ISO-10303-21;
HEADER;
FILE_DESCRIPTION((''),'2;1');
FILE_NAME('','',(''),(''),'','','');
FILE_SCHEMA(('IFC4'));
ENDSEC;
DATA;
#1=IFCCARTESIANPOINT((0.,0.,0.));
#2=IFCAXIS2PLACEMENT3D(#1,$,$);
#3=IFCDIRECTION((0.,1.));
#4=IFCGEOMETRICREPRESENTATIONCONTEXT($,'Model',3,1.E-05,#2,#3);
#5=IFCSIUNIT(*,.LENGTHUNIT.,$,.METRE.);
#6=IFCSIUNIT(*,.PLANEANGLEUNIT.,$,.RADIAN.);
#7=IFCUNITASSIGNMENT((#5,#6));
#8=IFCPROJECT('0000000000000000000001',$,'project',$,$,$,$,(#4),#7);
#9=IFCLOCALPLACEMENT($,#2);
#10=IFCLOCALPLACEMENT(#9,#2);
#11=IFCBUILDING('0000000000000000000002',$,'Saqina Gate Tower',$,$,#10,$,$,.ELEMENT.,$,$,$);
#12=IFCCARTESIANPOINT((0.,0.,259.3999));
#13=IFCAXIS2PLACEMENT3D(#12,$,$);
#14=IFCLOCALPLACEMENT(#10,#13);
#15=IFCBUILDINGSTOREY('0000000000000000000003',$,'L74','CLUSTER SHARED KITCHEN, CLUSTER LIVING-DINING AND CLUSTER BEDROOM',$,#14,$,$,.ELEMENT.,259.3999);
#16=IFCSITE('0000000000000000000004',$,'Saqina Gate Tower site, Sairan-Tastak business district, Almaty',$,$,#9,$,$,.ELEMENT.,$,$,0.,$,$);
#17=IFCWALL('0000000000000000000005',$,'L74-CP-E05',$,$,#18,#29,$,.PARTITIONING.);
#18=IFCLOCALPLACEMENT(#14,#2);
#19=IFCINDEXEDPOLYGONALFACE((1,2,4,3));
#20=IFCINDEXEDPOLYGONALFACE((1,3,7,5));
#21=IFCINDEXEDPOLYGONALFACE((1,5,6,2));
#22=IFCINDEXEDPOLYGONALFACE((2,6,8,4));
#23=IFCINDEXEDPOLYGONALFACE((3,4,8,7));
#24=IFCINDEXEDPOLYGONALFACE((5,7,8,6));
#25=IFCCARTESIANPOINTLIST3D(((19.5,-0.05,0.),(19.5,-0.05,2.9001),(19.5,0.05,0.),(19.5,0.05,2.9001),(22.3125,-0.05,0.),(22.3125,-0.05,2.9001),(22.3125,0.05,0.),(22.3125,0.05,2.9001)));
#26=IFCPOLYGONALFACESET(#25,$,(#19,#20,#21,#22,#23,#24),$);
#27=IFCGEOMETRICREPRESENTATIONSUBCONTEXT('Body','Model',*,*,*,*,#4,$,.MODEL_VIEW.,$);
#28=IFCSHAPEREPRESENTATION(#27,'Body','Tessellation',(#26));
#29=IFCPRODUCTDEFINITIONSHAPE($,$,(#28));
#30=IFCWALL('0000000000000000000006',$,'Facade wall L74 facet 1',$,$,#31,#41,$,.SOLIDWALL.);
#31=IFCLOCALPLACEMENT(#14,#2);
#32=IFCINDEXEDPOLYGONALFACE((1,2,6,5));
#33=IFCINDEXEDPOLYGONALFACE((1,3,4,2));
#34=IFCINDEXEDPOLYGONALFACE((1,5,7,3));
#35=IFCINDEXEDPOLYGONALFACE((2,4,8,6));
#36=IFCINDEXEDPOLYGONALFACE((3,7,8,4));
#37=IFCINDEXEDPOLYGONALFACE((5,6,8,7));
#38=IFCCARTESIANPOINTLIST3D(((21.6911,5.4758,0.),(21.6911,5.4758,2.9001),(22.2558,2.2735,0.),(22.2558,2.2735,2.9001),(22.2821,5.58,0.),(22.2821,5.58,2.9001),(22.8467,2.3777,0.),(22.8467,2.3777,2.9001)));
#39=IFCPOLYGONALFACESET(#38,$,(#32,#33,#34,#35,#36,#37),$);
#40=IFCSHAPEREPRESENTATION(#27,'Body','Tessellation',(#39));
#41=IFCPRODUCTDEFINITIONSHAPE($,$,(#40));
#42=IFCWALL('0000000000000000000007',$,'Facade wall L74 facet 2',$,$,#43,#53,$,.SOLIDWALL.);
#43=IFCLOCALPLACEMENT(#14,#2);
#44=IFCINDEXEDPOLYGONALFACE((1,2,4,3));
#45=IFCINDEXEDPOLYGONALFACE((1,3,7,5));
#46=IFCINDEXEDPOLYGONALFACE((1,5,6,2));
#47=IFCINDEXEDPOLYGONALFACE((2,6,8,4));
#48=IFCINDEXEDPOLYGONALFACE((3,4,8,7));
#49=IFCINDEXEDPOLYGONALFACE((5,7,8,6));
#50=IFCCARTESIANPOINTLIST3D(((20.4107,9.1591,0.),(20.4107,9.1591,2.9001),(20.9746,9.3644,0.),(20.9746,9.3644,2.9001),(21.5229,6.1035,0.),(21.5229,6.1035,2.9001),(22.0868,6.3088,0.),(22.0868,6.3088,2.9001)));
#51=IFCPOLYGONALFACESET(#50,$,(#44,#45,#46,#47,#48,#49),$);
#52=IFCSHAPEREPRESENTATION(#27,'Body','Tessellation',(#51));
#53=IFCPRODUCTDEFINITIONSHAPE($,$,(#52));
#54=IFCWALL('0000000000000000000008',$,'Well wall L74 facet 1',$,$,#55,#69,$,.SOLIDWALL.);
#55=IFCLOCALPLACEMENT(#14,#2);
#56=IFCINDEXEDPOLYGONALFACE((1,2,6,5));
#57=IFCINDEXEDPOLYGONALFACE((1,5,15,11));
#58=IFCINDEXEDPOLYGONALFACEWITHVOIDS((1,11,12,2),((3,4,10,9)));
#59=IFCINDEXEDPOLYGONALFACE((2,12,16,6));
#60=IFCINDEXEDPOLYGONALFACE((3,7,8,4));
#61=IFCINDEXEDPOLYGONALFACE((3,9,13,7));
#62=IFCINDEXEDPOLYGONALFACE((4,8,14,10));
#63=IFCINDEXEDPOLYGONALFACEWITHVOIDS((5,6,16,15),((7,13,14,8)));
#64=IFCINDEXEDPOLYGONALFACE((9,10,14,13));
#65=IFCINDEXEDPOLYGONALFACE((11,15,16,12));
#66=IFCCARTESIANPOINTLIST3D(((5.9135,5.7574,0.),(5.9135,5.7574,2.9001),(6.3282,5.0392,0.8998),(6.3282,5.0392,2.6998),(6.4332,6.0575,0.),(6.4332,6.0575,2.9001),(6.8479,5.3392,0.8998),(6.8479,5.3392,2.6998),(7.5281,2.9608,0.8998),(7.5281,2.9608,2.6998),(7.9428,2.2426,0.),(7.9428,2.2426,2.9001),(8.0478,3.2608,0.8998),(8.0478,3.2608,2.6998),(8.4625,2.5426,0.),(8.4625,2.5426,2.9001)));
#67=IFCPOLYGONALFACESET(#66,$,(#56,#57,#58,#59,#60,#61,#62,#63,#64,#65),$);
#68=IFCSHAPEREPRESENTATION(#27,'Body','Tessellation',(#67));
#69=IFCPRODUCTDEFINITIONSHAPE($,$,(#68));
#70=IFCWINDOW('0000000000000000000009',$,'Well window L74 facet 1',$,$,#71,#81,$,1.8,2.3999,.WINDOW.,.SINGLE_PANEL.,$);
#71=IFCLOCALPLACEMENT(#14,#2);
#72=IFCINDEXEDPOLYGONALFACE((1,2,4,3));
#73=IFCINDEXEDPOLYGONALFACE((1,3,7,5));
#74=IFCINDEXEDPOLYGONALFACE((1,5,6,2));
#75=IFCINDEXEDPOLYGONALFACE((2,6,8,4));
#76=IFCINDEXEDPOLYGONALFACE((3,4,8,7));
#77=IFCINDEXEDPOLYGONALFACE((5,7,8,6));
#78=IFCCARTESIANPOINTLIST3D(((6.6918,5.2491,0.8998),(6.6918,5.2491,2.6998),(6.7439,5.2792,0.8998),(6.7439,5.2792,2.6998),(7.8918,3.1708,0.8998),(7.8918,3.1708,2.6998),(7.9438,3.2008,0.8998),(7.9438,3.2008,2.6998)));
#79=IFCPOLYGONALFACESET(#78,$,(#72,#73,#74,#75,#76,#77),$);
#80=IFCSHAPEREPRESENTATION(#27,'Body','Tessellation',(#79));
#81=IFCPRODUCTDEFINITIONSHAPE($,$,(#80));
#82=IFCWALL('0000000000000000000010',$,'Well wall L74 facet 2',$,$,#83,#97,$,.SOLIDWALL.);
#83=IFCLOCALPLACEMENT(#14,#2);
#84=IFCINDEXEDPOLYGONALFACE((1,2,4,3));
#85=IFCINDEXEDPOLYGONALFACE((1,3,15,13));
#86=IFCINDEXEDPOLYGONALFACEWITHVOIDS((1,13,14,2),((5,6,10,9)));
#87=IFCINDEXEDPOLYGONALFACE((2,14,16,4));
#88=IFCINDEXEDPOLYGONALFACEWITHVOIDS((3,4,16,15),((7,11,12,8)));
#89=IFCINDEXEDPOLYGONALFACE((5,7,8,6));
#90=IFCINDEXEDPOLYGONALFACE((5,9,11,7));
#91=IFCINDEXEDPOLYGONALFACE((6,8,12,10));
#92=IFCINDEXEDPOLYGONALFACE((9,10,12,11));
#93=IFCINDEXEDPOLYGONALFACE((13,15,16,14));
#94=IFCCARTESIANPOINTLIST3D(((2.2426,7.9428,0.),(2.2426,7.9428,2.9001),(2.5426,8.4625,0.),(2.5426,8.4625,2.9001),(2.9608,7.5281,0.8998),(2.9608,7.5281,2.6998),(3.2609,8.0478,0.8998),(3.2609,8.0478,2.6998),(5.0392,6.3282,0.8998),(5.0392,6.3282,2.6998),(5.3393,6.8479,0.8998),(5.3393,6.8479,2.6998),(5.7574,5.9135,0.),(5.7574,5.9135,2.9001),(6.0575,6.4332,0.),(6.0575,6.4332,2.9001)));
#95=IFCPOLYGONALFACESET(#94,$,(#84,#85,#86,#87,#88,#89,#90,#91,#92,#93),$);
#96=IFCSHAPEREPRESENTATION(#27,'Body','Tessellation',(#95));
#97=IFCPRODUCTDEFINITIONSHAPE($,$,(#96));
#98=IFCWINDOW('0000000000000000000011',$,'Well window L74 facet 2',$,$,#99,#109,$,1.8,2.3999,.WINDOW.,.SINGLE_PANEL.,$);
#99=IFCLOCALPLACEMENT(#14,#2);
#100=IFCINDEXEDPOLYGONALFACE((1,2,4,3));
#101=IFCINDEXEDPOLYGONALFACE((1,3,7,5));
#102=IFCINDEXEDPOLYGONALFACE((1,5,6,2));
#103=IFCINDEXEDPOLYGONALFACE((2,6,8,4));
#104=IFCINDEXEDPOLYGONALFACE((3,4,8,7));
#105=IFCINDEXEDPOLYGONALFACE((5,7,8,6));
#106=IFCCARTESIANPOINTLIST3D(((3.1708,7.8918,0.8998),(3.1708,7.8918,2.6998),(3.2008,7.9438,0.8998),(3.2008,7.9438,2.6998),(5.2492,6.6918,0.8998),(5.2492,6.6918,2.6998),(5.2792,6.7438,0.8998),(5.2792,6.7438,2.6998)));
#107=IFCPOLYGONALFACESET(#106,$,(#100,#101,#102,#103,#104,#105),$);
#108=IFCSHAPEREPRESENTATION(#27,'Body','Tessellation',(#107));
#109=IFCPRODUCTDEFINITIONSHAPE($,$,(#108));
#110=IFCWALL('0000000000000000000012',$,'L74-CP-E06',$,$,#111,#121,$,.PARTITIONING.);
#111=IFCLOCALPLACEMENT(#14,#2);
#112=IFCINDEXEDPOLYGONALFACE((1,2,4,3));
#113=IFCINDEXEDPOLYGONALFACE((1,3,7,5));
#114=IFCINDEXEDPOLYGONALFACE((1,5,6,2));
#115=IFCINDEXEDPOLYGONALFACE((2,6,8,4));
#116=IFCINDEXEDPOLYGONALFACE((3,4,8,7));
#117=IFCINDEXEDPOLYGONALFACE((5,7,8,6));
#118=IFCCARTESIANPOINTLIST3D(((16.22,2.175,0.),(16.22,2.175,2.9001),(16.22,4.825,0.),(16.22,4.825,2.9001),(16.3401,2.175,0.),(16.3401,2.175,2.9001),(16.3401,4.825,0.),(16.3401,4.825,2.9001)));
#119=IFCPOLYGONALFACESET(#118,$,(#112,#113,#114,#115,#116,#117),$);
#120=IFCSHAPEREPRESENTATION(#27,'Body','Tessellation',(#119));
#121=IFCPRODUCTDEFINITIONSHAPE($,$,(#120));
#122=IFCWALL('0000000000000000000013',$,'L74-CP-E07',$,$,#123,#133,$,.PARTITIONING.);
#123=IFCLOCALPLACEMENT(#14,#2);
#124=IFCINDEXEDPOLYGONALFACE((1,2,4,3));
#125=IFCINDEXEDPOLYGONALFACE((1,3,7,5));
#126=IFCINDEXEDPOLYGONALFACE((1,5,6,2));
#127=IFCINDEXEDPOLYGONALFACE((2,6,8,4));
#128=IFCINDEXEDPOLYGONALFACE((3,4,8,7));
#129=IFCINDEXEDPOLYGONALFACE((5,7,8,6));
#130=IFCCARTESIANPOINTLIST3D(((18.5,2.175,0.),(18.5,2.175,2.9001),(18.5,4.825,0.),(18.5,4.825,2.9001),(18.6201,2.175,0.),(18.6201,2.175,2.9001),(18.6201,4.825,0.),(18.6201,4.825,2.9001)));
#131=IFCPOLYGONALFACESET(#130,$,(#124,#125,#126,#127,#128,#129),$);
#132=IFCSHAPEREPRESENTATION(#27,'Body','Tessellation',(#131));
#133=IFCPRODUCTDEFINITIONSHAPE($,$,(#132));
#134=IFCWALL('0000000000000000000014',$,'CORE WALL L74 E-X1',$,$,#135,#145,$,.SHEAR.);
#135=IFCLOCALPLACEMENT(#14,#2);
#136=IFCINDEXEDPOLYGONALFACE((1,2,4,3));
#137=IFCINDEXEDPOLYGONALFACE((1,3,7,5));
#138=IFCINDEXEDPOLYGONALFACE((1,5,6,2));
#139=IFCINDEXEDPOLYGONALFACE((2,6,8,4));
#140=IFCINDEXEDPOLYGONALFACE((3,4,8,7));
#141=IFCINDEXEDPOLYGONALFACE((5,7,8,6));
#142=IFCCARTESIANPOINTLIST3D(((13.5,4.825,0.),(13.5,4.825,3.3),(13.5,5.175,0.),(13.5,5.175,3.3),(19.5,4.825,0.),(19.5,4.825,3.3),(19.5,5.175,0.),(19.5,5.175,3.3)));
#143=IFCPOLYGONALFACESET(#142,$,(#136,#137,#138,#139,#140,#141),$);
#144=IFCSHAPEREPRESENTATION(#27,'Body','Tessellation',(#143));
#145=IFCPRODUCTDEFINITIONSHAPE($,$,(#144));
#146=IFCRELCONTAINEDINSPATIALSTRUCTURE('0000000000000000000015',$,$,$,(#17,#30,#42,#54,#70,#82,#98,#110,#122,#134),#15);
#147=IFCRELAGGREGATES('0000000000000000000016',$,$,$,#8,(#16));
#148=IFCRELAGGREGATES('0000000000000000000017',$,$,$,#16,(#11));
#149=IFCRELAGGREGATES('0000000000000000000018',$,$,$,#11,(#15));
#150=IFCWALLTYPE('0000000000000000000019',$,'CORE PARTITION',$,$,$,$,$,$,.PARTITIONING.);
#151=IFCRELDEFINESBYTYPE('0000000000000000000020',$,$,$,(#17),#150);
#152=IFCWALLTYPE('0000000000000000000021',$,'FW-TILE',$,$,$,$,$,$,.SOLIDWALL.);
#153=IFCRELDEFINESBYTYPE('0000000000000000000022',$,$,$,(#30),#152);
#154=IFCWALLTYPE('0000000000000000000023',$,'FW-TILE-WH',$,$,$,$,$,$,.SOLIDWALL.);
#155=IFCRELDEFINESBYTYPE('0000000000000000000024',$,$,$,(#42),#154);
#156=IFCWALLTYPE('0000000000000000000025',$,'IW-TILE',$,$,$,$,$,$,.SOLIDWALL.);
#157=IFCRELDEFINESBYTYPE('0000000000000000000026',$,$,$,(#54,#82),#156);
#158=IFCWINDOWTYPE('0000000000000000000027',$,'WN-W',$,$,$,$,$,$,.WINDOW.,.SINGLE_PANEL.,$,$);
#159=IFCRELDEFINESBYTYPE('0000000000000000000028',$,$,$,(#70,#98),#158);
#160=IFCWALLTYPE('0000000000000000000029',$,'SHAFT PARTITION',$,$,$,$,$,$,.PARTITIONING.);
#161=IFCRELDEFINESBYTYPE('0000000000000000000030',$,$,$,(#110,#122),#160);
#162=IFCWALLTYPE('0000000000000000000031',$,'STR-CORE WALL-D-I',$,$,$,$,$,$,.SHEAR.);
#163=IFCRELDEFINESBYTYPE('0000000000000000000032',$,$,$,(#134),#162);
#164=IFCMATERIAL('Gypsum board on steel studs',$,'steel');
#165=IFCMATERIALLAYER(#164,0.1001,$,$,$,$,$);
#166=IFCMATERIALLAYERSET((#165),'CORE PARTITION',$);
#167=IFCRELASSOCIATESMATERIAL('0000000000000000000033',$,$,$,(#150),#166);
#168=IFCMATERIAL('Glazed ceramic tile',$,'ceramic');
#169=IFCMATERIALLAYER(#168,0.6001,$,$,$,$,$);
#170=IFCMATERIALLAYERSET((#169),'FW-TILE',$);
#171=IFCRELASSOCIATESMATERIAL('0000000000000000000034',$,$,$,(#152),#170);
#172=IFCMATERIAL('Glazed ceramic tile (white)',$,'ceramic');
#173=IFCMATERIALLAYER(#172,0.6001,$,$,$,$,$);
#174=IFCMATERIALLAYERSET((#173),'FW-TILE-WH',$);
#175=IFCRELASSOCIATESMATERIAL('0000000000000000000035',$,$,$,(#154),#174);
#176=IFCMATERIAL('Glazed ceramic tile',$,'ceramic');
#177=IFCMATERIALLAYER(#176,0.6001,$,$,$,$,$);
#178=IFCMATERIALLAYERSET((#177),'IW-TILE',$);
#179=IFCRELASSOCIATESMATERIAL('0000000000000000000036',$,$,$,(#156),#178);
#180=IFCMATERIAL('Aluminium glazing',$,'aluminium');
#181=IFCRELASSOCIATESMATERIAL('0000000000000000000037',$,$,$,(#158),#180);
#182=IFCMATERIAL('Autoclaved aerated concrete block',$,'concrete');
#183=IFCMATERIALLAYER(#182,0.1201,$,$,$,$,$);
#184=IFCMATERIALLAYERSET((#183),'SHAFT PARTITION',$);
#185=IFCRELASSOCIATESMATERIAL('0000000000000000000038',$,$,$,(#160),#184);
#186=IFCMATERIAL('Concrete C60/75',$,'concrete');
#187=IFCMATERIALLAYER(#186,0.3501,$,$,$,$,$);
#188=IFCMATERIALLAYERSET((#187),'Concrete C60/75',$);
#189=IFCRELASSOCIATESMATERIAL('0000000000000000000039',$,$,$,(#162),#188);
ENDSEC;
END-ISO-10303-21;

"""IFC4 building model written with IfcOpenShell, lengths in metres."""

from ifc_helpers import new_model, si_unit, direction, frame, frame_2d, origin, place, context, subcontext, project, spatial, rectangle, extrude, material, layer, layer_set, type_object, element, fill, save


model = new_model("IFC4")

# Units and contexts
model_context = context("Model", 3, precision=1e-05, world=origin(), true_north=direction((0.0, 1.0)))
body_context = subcontext(model_context, "Body", "Model", "MODEL_VIEW")
ifc_project = project(units=[si_unit("LENGTHUNIT", "METRE"), si_unit("PLANEANGLEUNIT", "RADIAN")], contexts=[model_context])

# Site, building, storey
site_placement = place(None, origin())
site = spatial("IfcSite", under=ifc_project, at=site_placement, Name="Saqina Gate Tower site, Sairan-Tastak business district, Almaty", CompositionType="ELEMENT", RefElevation=0.0)
building_placement = place(site_placement, origin())
building = spatial("IfcBuilding", under=site, at=building_placement, Name="Saqina Gate Tower", CompositionType="ELEMENT")
storey_placement = place(building_placement, frame((0.0, 0.0, 259.3999)))
storey = spatial("IfcBuildingStorey", under=building, at=storey_placement, Name="L74", Description="CLUSTER SHARED KITCHEN, CLUSTER LIVING-DINING AND CLUSTER BEDROOM", CompositionType="ELEMENT", Elevation=259.3999)

# Shared definitions
ifc_material_1 = material(Name="Gypsum board on steel studs", Category="steel")
ifc_layer_1 = layer(ifc_material_1, 0.1001)
ifc_layer_set_1 = layer_set([ifc_layer_1], Name="CORE PARTITION")
wall_type_1 = type_object("IfcWallType", Name="CORE PARTITION", PredefinedType="PARTITIONING", material=ifc_layer_set_1)

# Walls
wall_1_placement = place(storey_placement, frame((19.5, 0.0, 0.0), z_axis=(0.0, 0.0, 1.0), x_axis=(1.0, 0.0, 0.0)))
element("IfcWall", 1, at=wall_1_placement, inside=storey, type_object=wall_type_1, Name="L74-CP-E05", PredefinedType="PARTITIONING", context=body_context, shape_type="SweptSolid", body=[
    extrude(rectangle(XDim=2.8125, YDim=0.1001, at=frame_2d((1.4062, 0.0))), origin(), (0.0, 0.0, 1.0), 2.9001),
])
ifc_material_2 = material(Name="Glazed ceramic tile", Category="ceramic")
ifc_layer_2 = layer(ifc_material_2, 0.6001)
ifc_layer_set_2 = layer_set([ifc_layer_2], Name="FW-TILE")
wall_type_2 = type_object("IfcWallType", Name="FW-TILE", PredefinedType="SOLIDWALL", material=ifc_layer_set_2)
wall_2_placement = place(storey_placement, frame((22.5513, 2.3254, 0.0), z_axis=(0.0, 0.0, 1.0), x_axis=(-0.173657, 0.984806, 0.0)))
element("IfcWall", 2, at=wall_2_placement, inside=storey, type_object=wall_type_2, Name="Facade wall L74 facet 1", PredefinedType="SOLIDWALL", context=body_context, shape_type="SweptSolid", body=[
    extrude(rectangle(XDim=3.2517, YDim=0.6001, at=frame_2d((1.626, 0.0))), origin(), (0.0, 0.0, 1.0), 2.9001),
])
ifc_material_3 = material(Name="Glazed ceramic tile (white)", Category="ceramic")
ifc_layer_3 = layer(ifc_material_3, 0.6001)
ifc_layer_set_3 = layer_set([ifc_layer_3], Name="FW-TILE-WH")
wall_type_3 = type_object("IfcWallType", Name="FW-TILE-WH", PredefinedType="SOLIDWALL", material=ifc_layer_set_3)
wall_3_placement = place(storey_placement, frame((21.8049, 6.2061, 0.0), z_axis=(0.0, 0.0, 1.0), x_axis=(-0.342057, 0.939679, 0.0)))
element("IfcWall", 3, at=wall_3_placement, inside=storey, type_object=wall_type_3, Name="Facade wall L74 facet 2", PredefinedType="SOLIDWALL", context=body_context, shape_type="SweptSolid", body=[
    extrude(rectangle(XDim=3.2517, YDim=0.6001, at=frame_2d((1.626, 0.0))), origin(), (0.0, 0.0, 1.0), 2.9001),
])

# Walls, openings, windows
ifc_material_4 = material(Name="Glazed ceramic tile", Category="ceramic")
ifc_layer_4 = layer(ifc_material_4, 0.6001)
ifc_layer_set_4 = layer_set([ifc_layer_4], Name="IW-TILE")
wall_type_4 = type_object("IfcWallType", Name="IW-TILE", PredefinedType="SOLIDWALL", material=ifc_layer_set_4)
wall_4_placement = place(storey_placement, frame((8.2026, 2.3926, 0.0), z_axis=(0.0, 0.0, 1.0), x_axis=(-0.499995, 0.866028, 0.0)))
wall_4 = element("IfcWall", 4, at=wall_4_placement, inside=storey, type_object=wall_type_4, Name="Well wall L74 facet 1", PredefinedType="SOLIDWALL", context=body_context, shape_type="SweptSolid", body=[
    extrude(rectangle(XDim=4.0586, YDim=0.6001, at=frame_2d((2.0293, 0.0))), origin(), (0.0, 0.0, 1.0), 2.9001),
])
opening_1_placement = place(wall_4_placement, frame((0.8293, 0.0, 0.8999)))
opening_1 = element("IfcOpeningElement", 5, at=opening_1_placement, cuts=wall_4, PredefinedType="OPENING", context=body_context, shape_type="SweptSolid", body=[
    extrude(rectangle(XDim=2.3999, YDim=1.8, at=frame_2d((1.2, 0.8999))), frame((0.0, 0.312, 0.0), z_axis=(0.0, -1.0, 0.0), x_axis=(1.0, 0.0, 0.0)), (0.0, 0.0, 1.0), 0.624),
])
ifc_material_5 = material(Name="Aluminium glazing", Category="aluminium")
window_type = type_object("IfcWindowType", Name="WN-W", PartitioningType="SINGLE_PANEL", PredefinedType="WINDOW", material=ifc_material_5)
window_1_placement = place(opening_1_placement, origin())
window_1 = element("IfcWindow", 6, at=window_1_placement, inside=storey, type_object=window_type, Name="Well window L74 facet 1", OverallHeight=1.8, OverallWidth=2.3999, PartitioningType="SINGLE_PANEL", PredefinedType="WINDOW", context=body_context, shape_type="SweptSolid", body=[
    extrude(rectangle(XDim=2.3999, YDim=1.8, at=frame_2d((1.2, 0.8999))), frame((0.0, -0.1199, 0.0), z_axis=(0.0, -1.0, 0.0), x_axis=(1.0, 0.0, 0.0)), (0.0, 0.0, 1.0), 0.0601),
])
fill(opening_1, window_1)
wall_5_placement = place(storey_placement, frame((5.9075, 6.1733, 0.0), z_axis=(0.0, 0.0, 1.0), x_axis=(-0.866028, 0.499995, 0.0)))
wall_5 = element("IfcWall", 7, at=wall_5_placement, inside=storey, type_object=wall_type_4, Name="Well wall L74 facet 2", PredefinedType="SOLIDWALL", context=body_context, shape_type="SweptSolid", body=[
    extrude(rectangle(XDim=4.0586, YDim=0.6001, at=frame_2d((2.0293, 0.0))), origin(), (0.0, 0.0, 1.0), 2.9001),
])
opening_2_placement = place(wall_5_placement, frame((0.8293, 0.0, 0.8999)))
opening_2 = element("IfcOpeningElement", 8, at=opening_2_placement, cuts=wall_5, PredefinedType="OPENING", context=body_context, shape_type="SweptSolid", body=[
    extrude(rectangle(XDim=2.3999, YDim=1.8, at=frame_2d((1.2, 0.8999))), frame((0.0, 0.312, 0.0), z_axis=(0.0, -1.0, 0.0), x_axis=(1.0, 0.0, 0.0)), (0.0, 0.0, 1.0), 0.624),
])
window_2_placement = place(opening_2_placement, origin())
window_2 = element("IfcWindow", 9, at=window_2_placement, inside=storey, type_object=window_type, Name="Well window L74 facet 2", OverallHeight=1.8, OverallWidth=2.3999, PartitioningType="SINGLE_PANEL", PredefinedType="WINDOW", context=body_context, shape_type="SweptSolid", body=[
    extrude(rectangle(XDim=2.3999, YDim=1.8, at=frame_2d((1.2, 0.8999))), frame((0.0, -0.1199, 0.0), z_axis=(0.0, -1.0, 0.0), x_axis=(1.0, 0.0, 0.0)), (0.0, 0.0, 1.0), 0.0601),
])
fill(opening_2, window_2)

# Walls
ifc_material_6 = material(Name="Autoclaved aerated concrete block", Category="concrete")
ifc_layer_5 = layer(ifc_material_6, 0.1201)
ifc_layer_set_5 = layer_set([ifc_layer_5], Name="SHAFT PARTITION")
wall_type_5 = type_object("IfcWallType", Name="SHAFT PARTITION", PredefinedType="PARTITIONING", material=ifc_layer_set_5)
for number, where, z_axis, x_axis, name in (
    (10, (16.28, 2.175, 0.0), (0.0, 0.0, 1.0), (0.0, 1.0, 0.0), "L74-CP-E06"),
    (11, (18.5601, 2.175, 0.0), (0.0, 0.0, 1.0), (0.0, 1.0, 0.0), "L74-CP-E07"),
):
    element("IfcWall", number, at=place(storey_placement, frame(where, z_axis=z_axis, x_axis=x_axis)), inside=storey, type_object=wall_type_5, Name=name, PredefinedType="PARTITIONING", context=body_context, shape_type="SweptSolid", body=[
        extrude(rectangle(XDim=2.6499, YDim=0.1201, at=frame_2d((1.325, 0.0))), origin(), (0.0, 0.0, 1.0), 2.9001),
    ])
ifc_material_7 = material(Name="Concrete C60/75", Category="concrete")
ifc_layer_6 = layer(ifc_material_7, 0.3501)
ifc_layer_set_6 = layer_set([ifc_layer_6], Name="Concrete C60/75")
wall_type_6 = type_object("IfcWallType", Name="STR-CORE WALL-D-I", PredefinedType="SHEAR", material=ifc_layer_set_6)
wall_6_placement = place(storey_placement, frame((13.5, 5.0, 0.0), z_axis=(0.0, 0.0, 1.0), x_axis=(1.0, 0.0, 0.0)))
element("IfcWall", 12, at=wall_6_placement, inside=storey, type_object=wall_type_6, Name="CORE WALL L74 E-X1", PredefinedType="SHEAR", context=body_context, shape_type="SweptSolid", body=[
    extrude(rectangle(XDim=6.0, YDim=0.3501, at=frame_2d((3.0, 0.0))), origin(), (0.0, 0.0, 1.0), 3.3),
])

save(model, "model.ifc")
